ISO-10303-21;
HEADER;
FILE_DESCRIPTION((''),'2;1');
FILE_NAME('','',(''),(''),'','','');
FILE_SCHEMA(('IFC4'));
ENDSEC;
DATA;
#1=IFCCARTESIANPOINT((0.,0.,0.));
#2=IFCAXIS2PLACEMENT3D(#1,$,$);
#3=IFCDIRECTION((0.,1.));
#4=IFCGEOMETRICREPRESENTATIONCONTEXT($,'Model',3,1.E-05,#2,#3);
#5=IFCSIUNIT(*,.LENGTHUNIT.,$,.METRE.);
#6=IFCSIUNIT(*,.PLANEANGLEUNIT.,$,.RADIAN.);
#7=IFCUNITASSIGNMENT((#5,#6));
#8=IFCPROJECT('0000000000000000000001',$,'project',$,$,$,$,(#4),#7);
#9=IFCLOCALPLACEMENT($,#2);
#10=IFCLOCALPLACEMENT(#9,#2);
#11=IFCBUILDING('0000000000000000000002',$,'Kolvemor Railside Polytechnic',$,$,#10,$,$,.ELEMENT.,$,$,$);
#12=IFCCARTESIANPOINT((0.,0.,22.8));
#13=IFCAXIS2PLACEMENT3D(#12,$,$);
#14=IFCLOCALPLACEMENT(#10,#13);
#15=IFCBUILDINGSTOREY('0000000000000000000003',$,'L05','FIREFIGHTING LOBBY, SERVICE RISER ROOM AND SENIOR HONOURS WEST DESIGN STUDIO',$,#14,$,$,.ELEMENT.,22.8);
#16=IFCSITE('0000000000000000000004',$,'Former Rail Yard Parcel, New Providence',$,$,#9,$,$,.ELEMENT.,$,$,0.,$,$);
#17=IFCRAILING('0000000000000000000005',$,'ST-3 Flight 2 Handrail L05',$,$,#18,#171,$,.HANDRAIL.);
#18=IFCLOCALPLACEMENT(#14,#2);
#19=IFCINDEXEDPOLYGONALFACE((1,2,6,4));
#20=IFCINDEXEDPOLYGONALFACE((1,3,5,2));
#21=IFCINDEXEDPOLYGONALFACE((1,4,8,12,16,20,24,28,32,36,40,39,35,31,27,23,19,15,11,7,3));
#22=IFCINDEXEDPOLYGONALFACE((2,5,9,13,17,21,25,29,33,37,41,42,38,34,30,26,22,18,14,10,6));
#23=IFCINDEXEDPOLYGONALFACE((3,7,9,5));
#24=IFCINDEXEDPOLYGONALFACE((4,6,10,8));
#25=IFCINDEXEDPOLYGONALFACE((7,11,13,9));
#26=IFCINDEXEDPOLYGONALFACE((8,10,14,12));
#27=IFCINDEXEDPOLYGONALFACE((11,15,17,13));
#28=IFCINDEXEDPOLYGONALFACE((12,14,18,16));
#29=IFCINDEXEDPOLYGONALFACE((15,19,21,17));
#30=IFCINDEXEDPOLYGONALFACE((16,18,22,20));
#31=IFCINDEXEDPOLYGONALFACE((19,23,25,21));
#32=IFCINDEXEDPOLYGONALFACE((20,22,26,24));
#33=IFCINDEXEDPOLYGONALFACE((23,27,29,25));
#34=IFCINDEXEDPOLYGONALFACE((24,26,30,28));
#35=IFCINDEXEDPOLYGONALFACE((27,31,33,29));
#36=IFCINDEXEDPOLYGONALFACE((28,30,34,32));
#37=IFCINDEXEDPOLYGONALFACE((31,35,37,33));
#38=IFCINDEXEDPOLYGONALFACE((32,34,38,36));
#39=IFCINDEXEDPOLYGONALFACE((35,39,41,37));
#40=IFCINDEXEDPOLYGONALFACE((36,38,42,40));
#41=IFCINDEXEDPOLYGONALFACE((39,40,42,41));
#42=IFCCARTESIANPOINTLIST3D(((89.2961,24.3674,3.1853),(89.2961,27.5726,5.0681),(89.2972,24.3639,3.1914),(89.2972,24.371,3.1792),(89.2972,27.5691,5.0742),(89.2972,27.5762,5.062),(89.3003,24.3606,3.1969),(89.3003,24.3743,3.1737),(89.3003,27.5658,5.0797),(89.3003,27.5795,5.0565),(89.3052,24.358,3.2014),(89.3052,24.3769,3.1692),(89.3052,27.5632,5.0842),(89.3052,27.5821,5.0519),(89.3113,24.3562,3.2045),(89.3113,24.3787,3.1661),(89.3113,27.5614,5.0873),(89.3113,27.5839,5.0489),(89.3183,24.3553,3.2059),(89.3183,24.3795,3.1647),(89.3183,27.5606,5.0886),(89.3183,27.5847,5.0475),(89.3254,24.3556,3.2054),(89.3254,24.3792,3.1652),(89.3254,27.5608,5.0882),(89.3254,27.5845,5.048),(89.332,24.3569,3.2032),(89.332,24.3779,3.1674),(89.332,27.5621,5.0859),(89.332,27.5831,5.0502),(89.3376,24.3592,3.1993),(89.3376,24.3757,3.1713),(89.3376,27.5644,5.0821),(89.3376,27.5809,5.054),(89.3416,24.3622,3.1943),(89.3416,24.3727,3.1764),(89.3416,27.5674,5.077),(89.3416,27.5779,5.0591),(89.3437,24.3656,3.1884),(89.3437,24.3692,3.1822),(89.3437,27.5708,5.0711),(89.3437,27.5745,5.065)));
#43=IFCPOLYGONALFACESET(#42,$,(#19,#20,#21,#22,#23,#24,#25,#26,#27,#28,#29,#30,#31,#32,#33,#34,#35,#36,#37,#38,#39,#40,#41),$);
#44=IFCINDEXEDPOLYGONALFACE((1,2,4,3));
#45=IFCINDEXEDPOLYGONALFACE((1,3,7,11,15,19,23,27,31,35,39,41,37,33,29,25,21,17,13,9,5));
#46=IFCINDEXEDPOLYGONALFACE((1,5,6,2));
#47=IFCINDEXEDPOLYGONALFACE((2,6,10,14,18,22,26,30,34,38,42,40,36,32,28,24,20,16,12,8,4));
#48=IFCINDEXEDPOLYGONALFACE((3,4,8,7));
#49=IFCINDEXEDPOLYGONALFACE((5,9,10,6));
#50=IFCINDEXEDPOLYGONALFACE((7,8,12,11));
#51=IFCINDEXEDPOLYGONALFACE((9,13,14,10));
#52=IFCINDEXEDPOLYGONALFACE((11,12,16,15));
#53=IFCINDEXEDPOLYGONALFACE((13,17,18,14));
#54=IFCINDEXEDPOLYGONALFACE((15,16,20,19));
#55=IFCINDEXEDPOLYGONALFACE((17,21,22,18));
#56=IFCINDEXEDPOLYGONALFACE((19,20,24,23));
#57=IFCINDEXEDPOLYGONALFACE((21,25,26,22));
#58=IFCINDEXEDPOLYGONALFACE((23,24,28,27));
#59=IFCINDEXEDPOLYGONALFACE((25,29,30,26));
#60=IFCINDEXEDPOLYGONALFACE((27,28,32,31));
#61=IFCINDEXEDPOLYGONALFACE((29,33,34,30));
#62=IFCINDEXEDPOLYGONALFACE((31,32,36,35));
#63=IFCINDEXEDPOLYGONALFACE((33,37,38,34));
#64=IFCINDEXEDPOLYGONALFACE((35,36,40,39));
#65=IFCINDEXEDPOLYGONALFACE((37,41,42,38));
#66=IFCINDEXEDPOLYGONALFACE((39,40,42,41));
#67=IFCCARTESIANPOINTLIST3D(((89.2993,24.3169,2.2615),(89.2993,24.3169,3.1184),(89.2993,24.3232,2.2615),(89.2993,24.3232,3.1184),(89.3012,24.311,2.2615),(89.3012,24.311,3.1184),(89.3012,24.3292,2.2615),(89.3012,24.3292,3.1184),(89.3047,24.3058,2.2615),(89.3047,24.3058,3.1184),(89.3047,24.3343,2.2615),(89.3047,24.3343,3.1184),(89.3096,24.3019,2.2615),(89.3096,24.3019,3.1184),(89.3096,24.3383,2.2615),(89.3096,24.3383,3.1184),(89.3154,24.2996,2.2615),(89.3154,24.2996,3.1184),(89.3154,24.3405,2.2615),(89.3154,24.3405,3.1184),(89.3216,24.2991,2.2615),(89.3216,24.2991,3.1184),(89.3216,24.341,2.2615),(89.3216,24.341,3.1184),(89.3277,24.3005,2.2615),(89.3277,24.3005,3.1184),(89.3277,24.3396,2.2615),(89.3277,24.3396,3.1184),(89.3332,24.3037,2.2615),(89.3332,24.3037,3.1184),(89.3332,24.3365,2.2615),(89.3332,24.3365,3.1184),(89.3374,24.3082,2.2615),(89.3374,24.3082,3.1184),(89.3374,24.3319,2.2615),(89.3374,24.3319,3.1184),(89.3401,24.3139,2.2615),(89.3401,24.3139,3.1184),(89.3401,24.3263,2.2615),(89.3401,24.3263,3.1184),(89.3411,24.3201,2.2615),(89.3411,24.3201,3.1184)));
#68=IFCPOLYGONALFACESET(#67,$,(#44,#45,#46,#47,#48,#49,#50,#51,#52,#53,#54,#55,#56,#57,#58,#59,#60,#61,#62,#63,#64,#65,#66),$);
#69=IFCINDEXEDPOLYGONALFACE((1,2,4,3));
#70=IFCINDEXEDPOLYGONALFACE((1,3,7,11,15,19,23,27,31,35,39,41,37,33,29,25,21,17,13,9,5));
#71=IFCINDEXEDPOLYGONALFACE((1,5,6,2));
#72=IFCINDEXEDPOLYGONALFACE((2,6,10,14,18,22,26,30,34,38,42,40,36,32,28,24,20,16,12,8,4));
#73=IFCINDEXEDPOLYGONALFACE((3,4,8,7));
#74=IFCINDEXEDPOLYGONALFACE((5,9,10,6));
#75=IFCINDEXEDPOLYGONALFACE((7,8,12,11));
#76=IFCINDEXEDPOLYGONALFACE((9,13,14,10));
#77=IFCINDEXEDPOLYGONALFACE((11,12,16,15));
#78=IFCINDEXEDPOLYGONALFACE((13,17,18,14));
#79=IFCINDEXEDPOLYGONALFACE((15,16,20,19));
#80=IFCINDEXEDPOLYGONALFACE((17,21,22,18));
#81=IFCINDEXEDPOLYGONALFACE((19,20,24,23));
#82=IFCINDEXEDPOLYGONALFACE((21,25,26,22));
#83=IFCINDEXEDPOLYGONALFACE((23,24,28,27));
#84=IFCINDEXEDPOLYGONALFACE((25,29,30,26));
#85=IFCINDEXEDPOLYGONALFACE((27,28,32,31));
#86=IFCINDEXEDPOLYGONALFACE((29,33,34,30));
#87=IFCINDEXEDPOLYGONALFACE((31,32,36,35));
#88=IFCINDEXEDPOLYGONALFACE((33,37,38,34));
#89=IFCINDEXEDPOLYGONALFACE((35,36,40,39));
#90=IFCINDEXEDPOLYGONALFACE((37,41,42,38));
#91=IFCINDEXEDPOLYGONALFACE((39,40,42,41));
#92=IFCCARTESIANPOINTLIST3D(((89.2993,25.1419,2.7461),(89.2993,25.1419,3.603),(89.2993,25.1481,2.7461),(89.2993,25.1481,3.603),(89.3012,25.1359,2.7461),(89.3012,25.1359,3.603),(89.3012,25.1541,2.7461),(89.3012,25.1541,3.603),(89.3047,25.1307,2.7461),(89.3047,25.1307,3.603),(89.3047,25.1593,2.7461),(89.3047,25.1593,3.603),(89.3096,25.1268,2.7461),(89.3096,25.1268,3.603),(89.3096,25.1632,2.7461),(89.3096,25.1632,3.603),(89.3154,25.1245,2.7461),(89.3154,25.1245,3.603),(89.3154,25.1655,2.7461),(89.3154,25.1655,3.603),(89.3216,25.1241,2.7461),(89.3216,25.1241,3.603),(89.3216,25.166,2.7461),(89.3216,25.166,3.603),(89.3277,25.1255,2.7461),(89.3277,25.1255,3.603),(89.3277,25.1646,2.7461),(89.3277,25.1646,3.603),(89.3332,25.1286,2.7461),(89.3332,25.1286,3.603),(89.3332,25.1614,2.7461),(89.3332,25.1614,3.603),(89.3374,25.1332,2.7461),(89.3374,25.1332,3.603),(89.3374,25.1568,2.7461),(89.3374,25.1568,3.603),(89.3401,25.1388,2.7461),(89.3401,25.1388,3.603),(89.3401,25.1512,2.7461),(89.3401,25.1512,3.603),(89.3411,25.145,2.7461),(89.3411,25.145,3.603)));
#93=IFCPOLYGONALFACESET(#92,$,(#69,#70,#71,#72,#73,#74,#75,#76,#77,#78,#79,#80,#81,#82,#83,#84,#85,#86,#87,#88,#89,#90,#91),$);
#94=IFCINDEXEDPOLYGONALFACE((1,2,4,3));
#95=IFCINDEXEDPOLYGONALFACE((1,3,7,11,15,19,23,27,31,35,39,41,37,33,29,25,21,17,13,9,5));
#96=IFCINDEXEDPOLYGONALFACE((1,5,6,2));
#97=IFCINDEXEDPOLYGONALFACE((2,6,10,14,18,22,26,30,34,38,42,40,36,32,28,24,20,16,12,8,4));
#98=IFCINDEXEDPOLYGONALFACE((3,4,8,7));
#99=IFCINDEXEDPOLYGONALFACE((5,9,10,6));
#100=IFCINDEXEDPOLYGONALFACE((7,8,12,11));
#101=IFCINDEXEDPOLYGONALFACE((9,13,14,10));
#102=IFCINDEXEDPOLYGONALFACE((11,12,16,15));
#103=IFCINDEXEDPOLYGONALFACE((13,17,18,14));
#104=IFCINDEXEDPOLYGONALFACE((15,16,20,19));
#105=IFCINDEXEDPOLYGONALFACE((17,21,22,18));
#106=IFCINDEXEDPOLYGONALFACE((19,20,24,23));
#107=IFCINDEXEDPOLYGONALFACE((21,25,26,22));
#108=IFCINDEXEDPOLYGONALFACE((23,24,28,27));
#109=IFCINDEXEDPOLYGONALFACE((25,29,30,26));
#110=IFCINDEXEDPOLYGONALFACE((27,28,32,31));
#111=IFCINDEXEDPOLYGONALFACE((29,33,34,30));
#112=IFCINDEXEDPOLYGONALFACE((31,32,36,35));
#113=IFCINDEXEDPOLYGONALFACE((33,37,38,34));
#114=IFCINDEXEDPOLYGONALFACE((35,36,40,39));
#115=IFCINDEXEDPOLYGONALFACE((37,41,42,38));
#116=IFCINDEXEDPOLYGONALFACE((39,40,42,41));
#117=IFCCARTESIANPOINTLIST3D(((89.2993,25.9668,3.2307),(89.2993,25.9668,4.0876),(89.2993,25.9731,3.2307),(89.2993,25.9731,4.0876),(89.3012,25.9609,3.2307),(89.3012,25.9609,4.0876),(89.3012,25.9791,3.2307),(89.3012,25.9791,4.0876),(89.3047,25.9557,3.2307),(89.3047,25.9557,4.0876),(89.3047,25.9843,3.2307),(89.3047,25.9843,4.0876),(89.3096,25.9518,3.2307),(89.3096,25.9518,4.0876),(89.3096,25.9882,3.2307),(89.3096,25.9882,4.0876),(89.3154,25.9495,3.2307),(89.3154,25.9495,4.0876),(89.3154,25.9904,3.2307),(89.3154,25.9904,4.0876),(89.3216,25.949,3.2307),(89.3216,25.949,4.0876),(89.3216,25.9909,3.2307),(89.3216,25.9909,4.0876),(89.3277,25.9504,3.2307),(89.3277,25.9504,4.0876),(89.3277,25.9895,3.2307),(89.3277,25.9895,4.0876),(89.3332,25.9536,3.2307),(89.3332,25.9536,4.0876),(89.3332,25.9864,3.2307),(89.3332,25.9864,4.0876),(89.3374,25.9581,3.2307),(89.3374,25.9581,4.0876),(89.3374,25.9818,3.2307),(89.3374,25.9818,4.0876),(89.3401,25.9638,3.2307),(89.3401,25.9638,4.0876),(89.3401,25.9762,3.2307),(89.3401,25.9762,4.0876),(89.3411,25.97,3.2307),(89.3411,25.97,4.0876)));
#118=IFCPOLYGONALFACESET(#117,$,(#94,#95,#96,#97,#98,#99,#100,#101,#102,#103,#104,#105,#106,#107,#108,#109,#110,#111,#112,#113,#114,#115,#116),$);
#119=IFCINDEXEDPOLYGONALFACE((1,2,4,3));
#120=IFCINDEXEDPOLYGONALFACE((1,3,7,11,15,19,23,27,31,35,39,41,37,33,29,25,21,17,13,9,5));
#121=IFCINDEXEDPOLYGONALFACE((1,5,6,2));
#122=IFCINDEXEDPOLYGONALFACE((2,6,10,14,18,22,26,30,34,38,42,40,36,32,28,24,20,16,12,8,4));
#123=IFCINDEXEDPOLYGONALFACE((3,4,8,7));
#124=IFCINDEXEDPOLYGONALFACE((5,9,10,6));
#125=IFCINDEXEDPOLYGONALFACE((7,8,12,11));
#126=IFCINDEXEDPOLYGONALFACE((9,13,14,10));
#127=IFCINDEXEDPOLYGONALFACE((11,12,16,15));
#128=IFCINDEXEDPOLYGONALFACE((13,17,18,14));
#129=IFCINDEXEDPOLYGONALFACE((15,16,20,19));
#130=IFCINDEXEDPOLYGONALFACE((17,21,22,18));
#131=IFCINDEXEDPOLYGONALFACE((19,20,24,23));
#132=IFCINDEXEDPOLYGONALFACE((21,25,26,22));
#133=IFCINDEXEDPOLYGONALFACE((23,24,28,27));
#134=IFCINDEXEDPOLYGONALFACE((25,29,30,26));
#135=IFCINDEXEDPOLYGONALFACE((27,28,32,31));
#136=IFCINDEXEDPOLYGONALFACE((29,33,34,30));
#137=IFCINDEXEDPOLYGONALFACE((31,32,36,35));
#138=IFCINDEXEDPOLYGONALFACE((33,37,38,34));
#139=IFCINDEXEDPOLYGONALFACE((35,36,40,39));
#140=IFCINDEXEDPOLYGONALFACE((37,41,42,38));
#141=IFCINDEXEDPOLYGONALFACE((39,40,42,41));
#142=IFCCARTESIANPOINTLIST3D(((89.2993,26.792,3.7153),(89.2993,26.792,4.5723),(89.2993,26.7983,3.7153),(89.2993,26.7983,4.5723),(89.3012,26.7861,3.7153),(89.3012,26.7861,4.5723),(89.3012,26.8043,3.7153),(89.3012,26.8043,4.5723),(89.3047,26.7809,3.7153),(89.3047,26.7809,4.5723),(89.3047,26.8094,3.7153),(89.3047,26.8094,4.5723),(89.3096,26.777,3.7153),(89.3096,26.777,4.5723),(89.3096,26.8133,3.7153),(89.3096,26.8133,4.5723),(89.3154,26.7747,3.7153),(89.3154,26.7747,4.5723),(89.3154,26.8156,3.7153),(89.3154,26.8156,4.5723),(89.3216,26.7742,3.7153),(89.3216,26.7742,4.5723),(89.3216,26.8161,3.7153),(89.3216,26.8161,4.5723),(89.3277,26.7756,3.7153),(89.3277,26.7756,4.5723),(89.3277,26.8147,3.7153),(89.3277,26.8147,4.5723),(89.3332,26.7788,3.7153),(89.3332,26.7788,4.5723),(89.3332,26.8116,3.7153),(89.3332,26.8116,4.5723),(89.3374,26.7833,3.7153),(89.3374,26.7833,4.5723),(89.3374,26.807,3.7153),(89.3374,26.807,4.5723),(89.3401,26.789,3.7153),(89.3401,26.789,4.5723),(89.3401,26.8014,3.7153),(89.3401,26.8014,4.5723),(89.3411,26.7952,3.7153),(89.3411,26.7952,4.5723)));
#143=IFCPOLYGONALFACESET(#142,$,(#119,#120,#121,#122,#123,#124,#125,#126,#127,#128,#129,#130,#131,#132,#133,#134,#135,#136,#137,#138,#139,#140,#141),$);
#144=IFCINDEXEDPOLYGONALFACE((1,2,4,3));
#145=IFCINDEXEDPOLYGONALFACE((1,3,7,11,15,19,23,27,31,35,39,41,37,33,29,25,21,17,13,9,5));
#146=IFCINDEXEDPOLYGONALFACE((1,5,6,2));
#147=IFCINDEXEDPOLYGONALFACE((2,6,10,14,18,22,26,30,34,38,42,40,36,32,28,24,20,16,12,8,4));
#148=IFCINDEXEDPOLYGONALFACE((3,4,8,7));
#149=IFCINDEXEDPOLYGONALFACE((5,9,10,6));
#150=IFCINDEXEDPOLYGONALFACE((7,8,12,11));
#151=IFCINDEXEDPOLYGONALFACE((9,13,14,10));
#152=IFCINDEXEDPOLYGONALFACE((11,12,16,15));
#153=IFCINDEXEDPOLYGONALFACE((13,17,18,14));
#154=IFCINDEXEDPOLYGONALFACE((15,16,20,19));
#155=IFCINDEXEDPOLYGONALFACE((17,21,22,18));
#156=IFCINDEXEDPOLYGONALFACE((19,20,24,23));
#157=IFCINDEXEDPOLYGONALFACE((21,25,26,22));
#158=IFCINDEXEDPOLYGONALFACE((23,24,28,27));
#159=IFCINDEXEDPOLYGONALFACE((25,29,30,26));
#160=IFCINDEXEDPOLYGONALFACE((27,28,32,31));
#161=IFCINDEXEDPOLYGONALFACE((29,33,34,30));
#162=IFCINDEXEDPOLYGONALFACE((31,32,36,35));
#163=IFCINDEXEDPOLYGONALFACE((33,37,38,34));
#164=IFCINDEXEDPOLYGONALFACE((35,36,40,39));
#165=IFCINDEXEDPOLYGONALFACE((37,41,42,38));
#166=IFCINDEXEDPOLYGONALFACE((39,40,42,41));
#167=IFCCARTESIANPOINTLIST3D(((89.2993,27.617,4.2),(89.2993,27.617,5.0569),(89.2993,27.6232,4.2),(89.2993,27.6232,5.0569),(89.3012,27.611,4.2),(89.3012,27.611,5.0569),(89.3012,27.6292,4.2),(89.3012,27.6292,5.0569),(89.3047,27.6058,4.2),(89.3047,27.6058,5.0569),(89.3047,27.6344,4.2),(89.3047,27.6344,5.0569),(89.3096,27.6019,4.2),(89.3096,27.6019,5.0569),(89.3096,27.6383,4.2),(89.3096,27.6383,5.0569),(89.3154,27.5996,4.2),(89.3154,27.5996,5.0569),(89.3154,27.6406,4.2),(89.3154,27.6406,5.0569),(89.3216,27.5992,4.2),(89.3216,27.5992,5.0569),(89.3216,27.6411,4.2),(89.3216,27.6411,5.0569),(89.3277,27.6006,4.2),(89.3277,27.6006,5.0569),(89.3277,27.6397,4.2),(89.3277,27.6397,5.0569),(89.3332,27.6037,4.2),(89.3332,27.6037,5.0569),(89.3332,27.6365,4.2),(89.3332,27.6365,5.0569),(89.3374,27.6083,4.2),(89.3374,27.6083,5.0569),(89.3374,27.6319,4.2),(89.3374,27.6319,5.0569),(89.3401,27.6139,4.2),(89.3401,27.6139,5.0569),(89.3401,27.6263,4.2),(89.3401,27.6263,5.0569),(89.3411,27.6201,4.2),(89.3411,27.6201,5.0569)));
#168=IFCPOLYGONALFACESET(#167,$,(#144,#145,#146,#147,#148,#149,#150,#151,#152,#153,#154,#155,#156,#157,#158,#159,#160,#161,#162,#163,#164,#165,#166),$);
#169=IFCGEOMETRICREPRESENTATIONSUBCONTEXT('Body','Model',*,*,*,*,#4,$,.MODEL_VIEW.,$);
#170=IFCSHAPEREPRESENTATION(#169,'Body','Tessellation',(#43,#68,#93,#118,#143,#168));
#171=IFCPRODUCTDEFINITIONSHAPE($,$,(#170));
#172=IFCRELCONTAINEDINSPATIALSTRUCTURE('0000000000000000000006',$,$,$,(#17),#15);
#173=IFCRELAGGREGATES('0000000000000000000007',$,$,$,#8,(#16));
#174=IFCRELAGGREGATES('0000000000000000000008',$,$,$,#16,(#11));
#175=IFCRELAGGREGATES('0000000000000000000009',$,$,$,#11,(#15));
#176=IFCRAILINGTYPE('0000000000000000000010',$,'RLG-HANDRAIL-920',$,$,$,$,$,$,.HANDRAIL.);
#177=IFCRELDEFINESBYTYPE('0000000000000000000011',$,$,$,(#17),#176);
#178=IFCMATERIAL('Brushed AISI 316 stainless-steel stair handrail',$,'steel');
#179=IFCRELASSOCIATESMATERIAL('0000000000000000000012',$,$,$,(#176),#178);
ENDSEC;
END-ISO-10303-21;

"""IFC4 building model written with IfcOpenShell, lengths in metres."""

from ifc_helpers import new_model, si_unit, direction, frame, origin, origin_2d, place, context, subcontext, project, spatial, circle, extrude, material, type_object, element, save


model = new_model("IFC4")

# Units and contexts
model_context = context("Model", 3, precision=1e-05, world=origin(), true_north=direction((0.0, 1.0)))
body_context = subcontext(model_context, "Body", "Model", "MODEL_VIEW")
ifc_project = project(units=[si_unit("LENGTHUNIT", "METRE"), si_unit("PLANEANGLEUNIT", "RADIAN")], contexts=[model_context])

# Site, building, storey
site_placement = place(None, origin())
site = spatial("IfcSite", under=ifc_project, at=site_placement, Name="Former Rail Yard Parcel, New Providence", CompositionType="ELEMENT", RefElevation=0.0)
building_placement = place(site_placement, origin())
building = spatial("IfcBuilding", under=site, at=building_placement, Name="Kolvemor Railside Polytechnic", CompositionType="ELEMENT")
storey_placement = place(building_placement, frame((0.0, 0.0, 22.8)))
storey = spatial("IfcBuildingStorey", under=building, at=storey_placement, Name="L05", Description="FIREFIGHTING LOBBY, SERVICE RISER ROOM AND SENIOR HONOURS WEST DESIGN STUDIO", CompositionType="ELEMENT", Elevation=22.8)

# Railing
ifc_material_1 = material(Name="Brushed AISI 316 stainless-steel stair handrail", Category="steel")
railing_type_1 = type_object("IfcRailingType", Name="RLG-HANDRAIL-920", PredefinedType="HANDRAIL", material=ifc_material_1)
railing_1_placement = place(storey_placement, frame((89.3201, 24.3201, 2.2615)))
element("IfcRailing", 1, at=railing_1_placement, inside=storey, type_object=railing_type_1, Name="ST-3 Flight 2 Handrail L05", PredefinedType="HANDRAIL", context=body_context, shape_type="SweptSolid", body=[
    extrude(circle(Radius=0.0239, at=origin_2d()), frame((0.0, 0.0474, 0.9238), z_axis=(0.0, 0.862246, 0.50649), x_axis=(-1.0, 0.0, 0.0)), (0.0, 0.0, 1.0), 3.7173),
    extrude(circle(Radius=0.021, at=origin_2d()), origin(), (0.0, 0.0, 1.0), 0.8569),
    extrude(circle(Radius=0.021, at=origin_2d()), frame((0.0, 0.825, 0.4846)), (0.0, 0.0, 1.0), 0.8569),
    extrude(circle(Radius=0.021, at=origin_2d()), frame((0.0, 1.6499, 0.9692)), (0.0, 0.0, 1.0), 0.8569),
    extrude(circle(Radius=0.021, at=origin_2d()), frame((0.0, 2.4751, 1.4539)), (0.0, 0.0, 1.0), 0.8569),
    extrude(circle(Radius=0.021, at=origin_2d()), frame((0.0, 3.3, 1.9385)), (0.0, 0.0, 1.0), 0.8569),
])

save(model, "model.ifc")
